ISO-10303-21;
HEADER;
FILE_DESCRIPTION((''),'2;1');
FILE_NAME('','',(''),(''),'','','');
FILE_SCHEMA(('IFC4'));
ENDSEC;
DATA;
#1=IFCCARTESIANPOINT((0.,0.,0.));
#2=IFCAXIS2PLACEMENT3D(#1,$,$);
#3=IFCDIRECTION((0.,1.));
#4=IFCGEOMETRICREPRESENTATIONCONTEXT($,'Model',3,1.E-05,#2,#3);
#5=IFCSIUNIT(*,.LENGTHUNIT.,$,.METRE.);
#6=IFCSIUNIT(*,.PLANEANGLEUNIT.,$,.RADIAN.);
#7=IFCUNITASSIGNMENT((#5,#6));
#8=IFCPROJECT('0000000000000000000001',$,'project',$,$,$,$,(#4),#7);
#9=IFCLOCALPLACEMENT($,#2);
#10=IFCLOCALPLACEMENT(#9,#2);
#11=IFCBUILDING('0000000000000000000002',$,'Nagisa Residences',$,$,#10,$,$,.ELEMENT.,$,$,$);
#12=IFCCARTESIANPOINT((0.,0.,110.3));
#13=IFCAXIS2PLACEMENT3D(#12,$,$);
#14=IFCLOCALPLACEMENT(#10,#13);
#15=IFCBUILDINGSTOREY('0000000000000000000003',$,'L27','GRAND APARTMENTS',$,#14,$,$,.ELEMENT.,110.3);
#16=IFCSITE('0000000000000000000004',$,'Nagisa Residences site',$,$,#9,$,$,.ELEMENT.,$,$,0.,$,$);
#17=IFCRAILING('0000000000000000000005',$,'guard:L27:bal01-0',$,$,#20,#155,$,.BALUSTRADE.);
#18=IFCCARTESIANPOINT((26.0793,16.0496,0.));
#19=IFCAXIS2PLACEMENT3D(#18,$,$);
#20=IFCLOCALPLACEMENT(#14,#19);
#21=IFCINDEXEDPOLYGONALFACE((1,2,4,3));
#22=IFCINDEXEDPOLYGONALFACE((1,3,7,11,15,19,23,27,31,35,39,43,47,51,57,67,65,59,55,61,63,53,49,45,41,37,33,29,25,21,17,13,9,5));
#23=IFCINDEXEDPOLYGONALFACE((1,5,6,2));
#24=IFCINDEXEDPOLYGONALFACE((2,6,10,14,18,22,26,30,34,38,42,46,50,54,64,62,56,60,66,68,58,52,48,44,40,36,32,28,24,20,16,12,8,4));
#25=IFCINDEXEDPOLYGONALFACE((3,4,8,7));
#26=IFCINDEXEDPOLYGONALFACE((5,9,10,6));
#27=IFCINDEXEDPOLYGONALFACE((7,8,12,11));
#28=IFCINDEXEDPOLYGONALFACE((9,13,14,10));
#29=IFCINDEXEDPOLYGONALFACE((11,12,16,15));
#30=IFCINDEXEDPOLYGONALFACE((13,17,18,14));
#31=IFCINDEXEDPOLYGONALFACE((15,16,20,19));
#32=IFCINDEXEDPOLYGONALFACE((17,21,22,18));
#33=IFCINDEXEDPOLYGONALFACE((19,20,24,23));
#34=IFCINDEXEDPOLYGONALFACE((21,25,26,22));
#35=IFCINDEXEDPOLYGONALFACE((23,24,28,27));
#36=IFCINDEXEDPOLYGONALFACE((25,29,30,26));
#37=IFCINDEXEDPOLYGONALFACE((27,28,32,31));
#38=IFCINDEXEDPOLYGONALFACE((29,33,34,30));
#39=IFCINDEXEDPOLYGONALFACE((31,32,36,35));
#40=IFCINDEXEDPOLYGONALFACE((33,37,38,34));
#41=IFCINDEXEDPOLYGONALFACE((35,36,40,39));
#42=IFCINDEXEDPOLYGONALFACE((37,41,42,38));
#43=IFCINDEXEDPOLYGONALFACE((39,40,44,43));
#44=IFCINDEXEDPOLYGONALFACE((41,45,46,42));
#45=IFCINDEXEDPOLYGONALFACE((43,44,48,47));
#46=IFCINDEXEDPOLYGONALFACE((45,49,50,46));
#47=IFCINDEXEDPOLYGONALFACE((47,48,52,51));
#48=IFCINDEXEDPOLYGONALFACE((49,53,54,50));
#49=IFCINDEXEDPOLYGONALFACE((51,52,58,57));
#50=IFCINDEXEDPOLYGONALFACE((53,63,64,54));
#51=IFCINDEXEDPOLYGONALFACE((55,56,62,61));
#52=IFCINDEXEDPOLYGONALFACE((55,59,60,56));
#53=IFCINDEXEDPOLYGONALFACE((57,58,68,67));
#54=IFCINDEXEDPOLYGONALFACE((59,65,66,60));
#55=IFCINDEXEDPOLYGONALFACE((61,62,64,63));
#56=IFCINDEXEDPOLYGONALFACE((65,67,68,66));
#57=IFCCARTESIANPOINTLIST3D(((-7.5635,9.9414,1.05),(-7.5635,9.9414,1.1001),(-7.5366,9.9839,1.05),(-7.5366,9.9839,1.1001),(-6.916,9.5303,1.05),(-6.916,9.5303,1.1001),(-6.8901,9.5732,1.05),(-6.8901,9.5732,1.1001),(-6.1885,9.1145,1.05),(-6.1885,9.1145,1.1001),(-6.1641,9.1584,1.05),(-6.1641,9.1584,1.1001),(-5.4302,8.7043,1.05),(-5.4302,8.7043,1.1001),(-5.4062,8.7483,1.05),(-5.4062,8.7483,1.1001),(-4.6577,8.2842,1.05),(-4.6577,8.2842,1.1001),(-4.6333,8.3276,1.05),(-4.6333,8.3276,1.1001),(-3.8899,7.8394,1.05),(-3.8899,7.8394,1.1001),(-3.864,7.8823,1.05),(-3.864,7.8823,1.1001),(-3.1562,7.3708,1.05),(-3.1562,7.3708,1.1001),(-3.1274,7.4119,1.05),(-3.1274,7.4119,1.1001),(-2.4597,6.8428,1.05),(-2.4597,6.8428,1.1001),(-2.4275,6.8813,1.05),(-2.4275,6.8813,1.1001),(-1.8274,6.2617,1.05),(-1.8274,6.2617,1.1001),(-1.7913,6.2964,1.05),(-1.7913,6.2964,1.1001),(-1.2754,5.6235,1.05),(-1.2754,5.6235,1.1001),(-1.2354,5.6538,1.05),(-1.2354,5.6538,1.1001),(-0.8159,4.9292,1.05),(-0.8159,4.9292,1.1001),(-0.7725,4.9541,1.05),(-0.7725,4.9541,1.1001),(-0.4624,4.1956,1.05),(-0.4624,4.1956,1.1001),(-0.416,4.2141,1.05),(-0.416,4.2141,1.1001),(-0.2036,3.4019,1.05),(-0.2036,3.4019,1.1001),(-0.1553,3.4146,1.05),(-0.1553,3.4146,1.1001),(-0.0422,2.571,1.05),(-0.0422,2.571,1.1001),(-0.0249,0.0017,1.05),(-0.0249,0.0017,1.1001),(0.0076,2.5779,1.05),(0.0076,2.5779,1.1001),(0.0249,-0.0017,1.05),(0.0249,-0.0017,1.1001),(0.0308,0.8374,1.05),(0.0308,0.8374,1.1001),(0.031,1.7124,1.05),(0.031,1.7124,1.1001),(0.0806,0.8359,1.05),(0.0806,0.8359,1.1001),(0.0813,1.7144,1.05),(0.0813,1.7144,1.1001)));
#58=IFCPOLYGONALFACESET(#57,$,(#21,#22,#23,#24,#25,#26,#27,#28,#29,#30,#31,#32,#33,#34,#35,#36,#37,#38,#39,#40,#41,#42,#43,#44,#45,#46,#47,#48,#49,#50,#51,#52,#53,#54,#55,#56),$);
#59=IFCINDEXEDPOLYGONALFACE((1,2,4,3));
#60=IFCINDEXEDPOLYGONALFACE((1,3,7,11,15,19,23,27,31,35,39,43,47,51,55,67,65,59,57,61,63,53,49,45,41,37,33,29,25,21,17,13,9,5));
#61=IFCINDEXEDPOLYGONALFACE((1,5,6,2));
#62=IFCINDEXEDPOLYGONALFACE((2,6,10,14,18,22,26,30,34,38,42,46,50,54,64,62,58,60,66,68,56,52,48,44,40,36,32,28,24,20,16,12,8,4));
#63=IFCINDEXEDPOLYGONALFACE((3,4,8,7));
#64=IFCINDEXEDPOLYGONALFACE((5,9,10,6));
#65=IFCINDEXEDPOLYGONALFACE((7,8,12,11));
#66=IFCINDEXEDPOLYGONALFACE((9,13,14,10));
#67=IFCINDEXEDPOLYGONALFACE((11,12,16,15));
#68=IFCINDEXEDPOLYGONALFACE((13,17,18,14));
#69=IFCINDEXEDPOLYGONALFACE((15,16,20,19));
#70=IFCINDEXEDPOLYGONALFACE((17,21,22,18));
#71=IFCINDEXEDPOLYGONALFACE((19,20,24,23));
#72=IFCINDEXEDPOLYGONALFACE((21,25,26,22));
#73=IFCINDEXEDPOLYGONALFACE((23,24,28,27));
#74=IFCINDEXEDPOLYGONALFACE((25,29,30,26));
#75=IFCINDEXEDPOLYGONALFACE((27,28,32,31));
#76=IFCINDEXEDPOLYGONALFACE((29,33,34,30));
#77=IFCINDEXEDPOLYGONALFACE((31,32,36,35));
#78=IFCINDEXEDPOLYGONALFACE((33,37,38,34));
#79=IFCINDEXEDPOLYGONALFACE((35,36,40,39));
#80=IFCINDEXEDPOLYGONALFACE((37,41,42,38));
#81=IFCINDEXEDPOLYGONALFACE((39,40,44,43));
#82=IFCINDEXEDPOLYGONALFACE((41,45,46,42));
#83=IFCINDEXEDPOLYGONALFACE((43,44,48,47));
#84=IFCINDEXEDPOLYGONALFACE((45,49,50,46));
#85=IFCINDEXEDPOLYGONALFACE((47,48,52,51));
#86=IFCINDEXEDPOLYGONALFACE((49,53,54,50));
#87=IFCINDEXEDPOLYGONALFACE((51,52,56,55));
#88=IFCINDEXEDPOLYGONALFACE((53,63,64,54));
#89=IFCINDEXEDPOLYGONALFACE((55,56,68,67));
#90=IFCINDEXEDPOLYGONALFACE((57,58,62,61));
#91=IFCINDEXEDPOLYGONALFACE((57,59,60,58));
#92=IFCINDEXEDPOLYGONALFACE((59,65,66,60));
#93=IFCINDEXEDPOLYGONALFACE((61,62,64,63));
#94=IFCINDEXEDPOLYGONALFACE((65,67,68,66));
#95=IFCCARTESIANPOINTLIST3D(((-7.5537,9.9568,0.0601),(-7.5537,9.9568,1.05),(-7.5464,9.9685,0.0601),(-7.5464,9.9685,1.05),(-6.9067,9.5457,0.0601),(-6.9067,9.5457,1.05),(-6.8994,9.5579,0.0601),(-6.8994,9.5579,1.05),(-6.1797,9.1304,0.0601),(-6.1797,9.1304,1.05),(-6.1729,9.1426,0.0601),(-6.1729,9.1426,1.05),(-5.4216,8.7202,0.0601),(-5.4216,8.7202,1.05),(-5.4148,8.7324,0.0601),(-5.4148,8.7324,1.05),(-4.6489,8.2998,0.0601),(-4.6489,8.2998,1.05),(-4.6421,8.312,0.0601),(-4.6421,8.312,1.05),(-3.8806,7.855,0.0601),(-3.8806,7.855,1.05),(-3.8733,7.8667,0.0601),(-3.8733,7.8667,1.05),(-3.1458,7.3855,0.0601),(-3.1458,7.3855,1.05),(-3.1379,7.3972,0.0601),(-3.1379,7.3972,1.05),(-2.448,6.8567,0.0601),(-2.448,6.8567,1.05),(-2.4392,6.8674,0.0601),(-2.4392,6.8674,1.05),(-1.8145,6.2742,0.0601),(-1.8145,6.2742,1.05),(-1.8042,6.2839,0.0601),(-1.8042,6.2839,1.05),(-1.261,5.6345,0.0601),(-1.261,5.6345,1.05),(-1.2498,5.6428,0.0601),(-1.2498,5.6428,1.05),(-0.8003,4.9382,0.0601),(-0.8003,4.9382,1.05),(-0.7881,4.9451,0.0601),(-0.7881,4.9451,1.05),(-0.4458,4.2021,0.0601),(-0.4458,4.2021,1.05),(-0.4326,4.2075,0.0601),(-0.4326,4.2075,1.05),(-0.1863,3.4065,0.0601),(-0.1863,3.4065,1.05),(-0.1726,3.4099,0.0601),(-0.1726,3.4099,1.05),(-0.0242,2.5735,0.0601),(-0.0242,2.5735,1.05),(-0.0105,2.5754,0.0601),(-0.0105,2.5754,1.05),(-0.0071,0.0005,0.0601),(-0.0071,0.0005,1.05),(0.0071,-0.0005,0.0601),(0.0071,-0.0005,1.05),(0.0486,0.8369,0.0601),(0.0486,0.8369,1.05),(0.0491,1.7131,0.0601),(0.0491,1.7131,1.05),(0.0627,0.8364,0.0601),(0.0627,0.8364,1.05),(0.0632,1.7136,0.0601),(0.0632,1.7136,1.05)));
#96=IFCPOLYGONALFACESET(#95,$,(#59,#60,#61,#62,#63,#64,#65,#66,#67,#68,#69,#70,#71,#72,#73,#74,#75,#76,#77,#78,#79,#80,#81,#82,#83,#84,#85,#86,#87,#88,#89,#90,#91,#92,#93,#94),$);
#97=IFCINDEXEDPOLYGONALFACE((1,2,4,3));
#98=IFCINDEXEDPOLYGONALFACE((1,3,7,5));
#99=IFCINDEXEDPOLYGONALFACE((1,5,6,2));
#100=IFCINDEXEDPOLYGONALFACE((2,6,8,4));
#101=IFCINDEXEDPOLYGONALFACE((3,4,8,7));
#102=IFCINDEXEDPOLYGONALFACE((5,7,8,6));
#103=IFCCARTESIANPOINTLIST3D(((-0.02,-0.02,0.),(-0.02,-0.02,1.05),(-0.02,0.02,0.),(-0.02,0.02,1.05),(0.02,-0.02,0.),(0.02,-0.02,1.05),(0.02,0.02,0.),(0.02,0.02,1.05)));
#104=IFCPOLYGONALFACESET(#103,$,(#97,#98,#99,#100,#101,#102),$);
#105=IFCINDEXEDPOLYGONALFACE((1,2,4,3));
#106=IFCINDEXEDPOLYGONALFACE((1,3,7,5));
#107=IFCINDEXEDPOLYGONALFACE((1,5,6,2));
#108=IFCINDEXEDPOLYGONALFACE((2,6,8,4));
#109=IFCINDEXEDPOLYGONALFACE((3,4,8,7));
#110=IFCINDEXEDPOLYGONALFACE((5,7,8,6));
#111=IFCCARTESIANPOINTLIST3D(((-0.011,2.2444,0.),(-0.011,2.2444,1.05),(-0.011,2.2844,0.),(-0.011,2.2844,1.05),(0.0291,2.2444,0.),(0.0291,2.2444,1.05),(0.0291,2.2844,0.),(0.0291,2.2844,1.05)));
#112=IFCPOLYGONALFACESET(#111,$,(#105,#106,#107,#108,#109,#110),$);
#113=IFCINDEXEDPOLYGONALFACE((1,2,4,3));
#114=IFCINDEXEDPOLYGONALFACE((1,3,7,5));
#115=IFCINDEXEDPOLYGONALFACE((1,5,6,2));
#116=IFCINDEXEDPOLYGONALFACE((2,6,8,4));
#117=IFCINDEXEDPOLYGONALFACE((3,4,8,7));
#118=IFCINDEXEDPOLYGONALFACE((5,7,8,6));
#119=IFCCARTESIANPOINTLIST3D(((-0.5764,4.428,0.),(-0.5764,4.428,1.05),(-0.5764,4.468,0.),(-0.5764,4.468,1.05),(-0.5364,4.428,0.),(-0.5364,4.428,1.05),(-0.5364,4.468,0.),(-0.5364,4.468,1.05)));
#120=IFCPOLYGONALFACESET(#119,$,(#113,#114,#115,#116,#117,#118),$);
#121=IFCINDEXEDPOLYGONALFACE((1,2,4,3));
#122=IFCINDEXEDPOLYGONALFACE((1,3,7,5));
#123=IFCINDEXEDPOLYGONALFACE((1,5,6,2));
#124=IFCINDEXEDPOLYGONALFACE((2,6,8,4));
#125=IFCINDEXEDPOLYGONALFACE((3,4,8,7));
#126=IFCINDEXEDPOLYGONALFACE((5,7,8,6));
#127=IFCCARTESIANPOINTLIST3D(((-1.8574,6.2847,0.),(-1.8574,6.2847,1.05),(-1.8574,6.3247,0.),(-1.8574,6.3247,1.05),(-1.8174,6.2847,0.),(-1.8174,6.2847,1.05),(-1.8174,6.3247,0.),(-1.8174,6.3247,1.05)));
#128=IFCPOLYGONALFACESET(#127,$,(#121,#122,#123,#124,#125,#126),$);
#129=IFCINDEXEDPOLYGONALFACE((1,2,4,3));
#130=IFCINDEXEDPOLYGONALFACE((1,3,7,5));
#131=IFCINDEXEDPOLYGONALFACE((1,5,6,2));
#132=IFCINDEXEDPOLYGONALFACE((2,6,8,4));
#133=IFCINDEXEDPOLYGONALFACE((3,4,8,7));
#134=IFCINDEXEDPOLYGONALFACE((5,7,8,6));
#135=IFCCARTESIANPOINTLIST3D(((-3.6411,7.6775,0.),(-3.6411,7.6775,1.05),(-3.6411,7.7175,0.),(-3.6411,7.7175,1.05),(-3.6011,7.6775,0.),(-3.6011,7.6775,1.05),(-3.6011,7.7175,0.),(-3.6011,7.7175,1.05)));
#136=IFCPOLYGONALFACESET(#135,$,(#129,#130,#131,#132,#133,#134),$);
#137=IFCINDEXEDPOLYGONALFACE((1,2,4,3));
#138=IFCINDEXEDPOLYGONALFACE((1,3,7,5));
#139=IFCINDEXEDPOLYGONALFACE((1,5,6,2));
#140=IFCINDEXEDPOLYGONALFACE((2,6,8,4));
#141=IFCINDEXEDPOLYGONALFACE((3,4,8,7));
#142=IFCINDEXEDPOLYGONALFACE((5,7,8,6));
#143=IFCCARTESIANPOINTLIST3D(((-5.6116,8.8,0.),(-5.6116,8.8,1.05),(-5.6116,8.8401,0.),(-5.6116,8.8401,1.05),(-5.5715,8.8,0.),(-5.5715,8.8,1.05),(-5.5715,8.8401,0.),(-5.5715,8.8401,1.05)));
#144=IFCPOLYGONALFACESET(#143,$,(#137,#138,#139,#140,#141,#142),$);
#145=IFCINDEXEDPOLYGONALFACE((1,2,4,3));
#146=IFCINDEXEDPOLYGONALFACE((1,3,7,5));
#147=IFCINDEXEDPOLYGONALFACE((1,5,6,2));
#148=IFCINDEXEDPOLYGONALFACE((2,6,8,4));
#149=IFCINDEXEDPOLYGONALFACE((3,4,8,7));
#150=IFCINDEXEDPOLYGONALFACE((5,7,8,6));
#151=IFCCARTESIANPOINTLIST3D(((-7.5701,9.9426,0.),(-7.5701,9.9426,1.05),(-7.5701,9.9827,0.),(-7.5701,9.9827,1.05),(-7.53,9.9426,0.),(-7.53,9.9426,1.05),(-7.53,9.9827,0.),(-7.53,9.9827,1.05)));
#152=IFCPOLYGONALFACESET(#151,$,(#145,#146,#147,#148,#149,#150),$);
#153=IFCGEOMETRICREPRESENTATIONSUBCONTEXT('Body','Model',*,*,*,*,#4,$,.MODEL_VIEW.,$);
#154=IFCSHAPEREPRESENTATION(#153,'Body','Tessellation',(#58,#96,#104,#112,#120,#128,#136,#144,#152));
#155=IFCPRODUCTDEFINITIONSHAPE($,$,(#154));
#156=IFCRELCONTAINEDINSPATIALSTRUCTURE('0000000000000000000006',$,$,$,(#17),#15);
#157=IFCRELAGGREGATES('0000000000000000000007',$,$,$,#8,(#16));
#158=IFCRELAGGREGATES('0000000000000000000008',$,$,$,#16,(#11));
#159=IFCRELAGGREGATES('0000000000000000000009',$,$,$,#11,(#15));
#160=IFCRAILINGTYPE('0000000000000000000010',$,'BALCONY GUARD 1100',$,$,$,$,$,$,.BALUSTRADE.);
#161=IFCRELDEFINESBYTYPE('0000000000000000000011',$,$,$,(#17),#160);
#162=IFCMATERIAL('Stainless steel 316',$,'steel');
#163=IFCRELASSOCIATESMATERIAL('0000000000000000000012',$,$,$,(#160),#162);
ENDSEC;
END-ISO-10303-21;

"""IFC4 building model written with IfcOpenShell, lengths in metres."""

from ifc_helpers import new_model, si_unit, direction, frame, origin, origin_2d, place, context, subcontext, project, spatial, polyline, rectangle, outline, extrude, material, type_object, element, save


model = new_model("IFC4")

# Units and contexts
model_context = context("Model", 3, precision=1e-05, world=origin(), true_north=direction((0.0, 1.0)))
body_context = subcontext(model_context, "Body", "Model", "MODEL_VIEW")
ifc_project = project(units=[si_unit("LENGTHUNIT", "METRE"), si_unit("PLANEANGLEUNIT", "RADIAN")], contexts=[model_context])

# Site, building, storey
site_placement = place(None, origin())
site = spatial("IfcSite", under=ifc_project, at=site_placement, Name="Nagisa Residences site", CompositionType="ELEMENT", RefElevation=0.0)
building_placement = place(site_placement, origin())
building = spatial("IfcBuilding", under=site, at=building_placement, Name="Nagisa Residences", CompositionType="ELEMENT")
storey_placement = place(building_placement, frame((0.0, 0.0, 110.3)))
storey = spatial("IfcBuildingStorey", under=building, at=storey_placement, Name="L27", Description="GRAND APARTMENTS", CompositionType="ELEMENT", Elevation=110.3)

# Railing
ifc_material_1 = material(Name="Stainless steel 316", Category="steel")
railing_type = type_object("IfcRailingType", Name="BALCONY GUARD 1100", PredefinedType="BALUSTRADE", material=ifc_material_1)
railing_1_placement = place(storey_placement, frame((26.0793, 16.0496, 0.0)))
element("IfcRailing", 1, at=railing_1_placement, inside=storey, type_object=railing_type, Name="guard:L27:bal01-0", PredefinedType="BALUSTRADE", context=body_context, shape_type="SweptSolid", body=[
    extrude(outline(polyline([(0.0308, 0.8374), (-0.0249, 0.0017), (0.0249, -0.0017), (0.0806, 0.8359), (0.0813, 1.7144), (0.0076, 2.5779), (-0.1553, 3.4146), (-0.416, 4.2141), (-0.7725, 4.9541), (-1.2354, 5.6538), (-1.7913, 6.2964), (-2.4275, 6.8813), (-3.1274, 7.4119), (-3.864, 7.8823), (-4.6333, 8.3276), (-5.4062, 8.7483), (-6.1641, 9.1584), (-6.8901, 9.5732), (-7.5366, 9.9839), (-7.5635, 9.9414), (-6.916, 9.5303), (-6.1885, 9.1145), (-5.4302, 8.7043), (-4.6577, 8.2842), (-3.8899, 7.8394), (-3.1562, 7.3708), (-2.4597, 6.8428), (-1.8274, 6.2617), (-1.2754, 5.6235), (-0.8159, 4.9292), (-0.4624, 4.1956), (-0.2036, 3.4019), (-0.0422, 2.571), (0.031, 1.7124), (0.0308, 0.8374)])), frame((0.0, 0.0, 1.05)), (0.0, 0.0, 1.0), 0.05),
    extrude(outline(polyline([(0.0486, 0.8369), (-0.0071, 0.0005), (0.0071, -0.0005), (0.0627, 0.8364), (0.0632, 1.7136), (-0.0105, 2.5754), (-0.1726, 3.4099), (-0.4326, 4.2075), (-0.7881, 4.9451), (-1.2498, 5.6428), (-1.8042, 6.2839), (-2.4392, 6.8674), (-3.1379, 7.3972), (-3.8733, 7.8667), (-4.6421, 8.312), (-5.4148, 8.7324), (-6.1729, 9.1426), (-6.8994, 9.5579), (-7.5464, 9.9685), (-7.5537, 9.9568), (-6.9067, 9.5457), (-6.1797, 9.1304), (-5.4216, 8.7202), (-4.6489, 8.2998), (-3.8806, 7.855), (-3.1458, 7.3855), (-2.448, 6.8567), (-1.8145, 6.2742), (-1.261, 5.6345), (-0.8003, 4.9382), (-0.4458, 4.2021), (-0.1863, 3.4065), (-0.0242, 2.5735), (0.0491, 1.7131), (0.0486, 0.8369)])), frame((0.0, 0.0, 0.0601)), (0.0, 0.0, 1.0), 0.99),
    extrude(rectangle(XDim=0.04, YDim=0.04, at=origin_2d()), origin(), (0.0, 0.0, 1.0), 1.05),
    extrude(rectangle(XDim=0.04, YDim=0.04, at=origin_2d()), frame((0.009, 2.2644, 0.0)), (0.0, 0.0, 1.0), 1.05),
    extrude(rectangle(XDim=0.04, YDim=0.04, at=origin_2d()), frame((-0.5564, 4.448, 0.0)), (0.0, 0.0, 1.0), 1.05),
    extrude(rectangle(XDim=0.04, YDim=0.04, at=origin_2d()), frame((-1.8374, 6.3047, 0.0)), (0.0, 0.0, 1.0), 1.05),
    extrude(rectangle(XDim=0.04, YDim=0.04, at=origin_2d()), frame((-3.6211, 7.6975, 0.0)), (0.0, 0.0, 1.0), 1.05),
    extrude(rectangle(XDim=0.04, YDim=0.04, at=origin_2d()), frame((-5.5916, 8.8201, 0.0)), (0.0, 0.0, 1.0), 1.05),
    extrude(rectangle(XDim=0.04, YDim=0.04, at=origin_2d()), frame((-7.55, 9.9626, 0.0)), (0.0, 0.0, 1.0), 1.05),
])

save(model, "model.ifc")
